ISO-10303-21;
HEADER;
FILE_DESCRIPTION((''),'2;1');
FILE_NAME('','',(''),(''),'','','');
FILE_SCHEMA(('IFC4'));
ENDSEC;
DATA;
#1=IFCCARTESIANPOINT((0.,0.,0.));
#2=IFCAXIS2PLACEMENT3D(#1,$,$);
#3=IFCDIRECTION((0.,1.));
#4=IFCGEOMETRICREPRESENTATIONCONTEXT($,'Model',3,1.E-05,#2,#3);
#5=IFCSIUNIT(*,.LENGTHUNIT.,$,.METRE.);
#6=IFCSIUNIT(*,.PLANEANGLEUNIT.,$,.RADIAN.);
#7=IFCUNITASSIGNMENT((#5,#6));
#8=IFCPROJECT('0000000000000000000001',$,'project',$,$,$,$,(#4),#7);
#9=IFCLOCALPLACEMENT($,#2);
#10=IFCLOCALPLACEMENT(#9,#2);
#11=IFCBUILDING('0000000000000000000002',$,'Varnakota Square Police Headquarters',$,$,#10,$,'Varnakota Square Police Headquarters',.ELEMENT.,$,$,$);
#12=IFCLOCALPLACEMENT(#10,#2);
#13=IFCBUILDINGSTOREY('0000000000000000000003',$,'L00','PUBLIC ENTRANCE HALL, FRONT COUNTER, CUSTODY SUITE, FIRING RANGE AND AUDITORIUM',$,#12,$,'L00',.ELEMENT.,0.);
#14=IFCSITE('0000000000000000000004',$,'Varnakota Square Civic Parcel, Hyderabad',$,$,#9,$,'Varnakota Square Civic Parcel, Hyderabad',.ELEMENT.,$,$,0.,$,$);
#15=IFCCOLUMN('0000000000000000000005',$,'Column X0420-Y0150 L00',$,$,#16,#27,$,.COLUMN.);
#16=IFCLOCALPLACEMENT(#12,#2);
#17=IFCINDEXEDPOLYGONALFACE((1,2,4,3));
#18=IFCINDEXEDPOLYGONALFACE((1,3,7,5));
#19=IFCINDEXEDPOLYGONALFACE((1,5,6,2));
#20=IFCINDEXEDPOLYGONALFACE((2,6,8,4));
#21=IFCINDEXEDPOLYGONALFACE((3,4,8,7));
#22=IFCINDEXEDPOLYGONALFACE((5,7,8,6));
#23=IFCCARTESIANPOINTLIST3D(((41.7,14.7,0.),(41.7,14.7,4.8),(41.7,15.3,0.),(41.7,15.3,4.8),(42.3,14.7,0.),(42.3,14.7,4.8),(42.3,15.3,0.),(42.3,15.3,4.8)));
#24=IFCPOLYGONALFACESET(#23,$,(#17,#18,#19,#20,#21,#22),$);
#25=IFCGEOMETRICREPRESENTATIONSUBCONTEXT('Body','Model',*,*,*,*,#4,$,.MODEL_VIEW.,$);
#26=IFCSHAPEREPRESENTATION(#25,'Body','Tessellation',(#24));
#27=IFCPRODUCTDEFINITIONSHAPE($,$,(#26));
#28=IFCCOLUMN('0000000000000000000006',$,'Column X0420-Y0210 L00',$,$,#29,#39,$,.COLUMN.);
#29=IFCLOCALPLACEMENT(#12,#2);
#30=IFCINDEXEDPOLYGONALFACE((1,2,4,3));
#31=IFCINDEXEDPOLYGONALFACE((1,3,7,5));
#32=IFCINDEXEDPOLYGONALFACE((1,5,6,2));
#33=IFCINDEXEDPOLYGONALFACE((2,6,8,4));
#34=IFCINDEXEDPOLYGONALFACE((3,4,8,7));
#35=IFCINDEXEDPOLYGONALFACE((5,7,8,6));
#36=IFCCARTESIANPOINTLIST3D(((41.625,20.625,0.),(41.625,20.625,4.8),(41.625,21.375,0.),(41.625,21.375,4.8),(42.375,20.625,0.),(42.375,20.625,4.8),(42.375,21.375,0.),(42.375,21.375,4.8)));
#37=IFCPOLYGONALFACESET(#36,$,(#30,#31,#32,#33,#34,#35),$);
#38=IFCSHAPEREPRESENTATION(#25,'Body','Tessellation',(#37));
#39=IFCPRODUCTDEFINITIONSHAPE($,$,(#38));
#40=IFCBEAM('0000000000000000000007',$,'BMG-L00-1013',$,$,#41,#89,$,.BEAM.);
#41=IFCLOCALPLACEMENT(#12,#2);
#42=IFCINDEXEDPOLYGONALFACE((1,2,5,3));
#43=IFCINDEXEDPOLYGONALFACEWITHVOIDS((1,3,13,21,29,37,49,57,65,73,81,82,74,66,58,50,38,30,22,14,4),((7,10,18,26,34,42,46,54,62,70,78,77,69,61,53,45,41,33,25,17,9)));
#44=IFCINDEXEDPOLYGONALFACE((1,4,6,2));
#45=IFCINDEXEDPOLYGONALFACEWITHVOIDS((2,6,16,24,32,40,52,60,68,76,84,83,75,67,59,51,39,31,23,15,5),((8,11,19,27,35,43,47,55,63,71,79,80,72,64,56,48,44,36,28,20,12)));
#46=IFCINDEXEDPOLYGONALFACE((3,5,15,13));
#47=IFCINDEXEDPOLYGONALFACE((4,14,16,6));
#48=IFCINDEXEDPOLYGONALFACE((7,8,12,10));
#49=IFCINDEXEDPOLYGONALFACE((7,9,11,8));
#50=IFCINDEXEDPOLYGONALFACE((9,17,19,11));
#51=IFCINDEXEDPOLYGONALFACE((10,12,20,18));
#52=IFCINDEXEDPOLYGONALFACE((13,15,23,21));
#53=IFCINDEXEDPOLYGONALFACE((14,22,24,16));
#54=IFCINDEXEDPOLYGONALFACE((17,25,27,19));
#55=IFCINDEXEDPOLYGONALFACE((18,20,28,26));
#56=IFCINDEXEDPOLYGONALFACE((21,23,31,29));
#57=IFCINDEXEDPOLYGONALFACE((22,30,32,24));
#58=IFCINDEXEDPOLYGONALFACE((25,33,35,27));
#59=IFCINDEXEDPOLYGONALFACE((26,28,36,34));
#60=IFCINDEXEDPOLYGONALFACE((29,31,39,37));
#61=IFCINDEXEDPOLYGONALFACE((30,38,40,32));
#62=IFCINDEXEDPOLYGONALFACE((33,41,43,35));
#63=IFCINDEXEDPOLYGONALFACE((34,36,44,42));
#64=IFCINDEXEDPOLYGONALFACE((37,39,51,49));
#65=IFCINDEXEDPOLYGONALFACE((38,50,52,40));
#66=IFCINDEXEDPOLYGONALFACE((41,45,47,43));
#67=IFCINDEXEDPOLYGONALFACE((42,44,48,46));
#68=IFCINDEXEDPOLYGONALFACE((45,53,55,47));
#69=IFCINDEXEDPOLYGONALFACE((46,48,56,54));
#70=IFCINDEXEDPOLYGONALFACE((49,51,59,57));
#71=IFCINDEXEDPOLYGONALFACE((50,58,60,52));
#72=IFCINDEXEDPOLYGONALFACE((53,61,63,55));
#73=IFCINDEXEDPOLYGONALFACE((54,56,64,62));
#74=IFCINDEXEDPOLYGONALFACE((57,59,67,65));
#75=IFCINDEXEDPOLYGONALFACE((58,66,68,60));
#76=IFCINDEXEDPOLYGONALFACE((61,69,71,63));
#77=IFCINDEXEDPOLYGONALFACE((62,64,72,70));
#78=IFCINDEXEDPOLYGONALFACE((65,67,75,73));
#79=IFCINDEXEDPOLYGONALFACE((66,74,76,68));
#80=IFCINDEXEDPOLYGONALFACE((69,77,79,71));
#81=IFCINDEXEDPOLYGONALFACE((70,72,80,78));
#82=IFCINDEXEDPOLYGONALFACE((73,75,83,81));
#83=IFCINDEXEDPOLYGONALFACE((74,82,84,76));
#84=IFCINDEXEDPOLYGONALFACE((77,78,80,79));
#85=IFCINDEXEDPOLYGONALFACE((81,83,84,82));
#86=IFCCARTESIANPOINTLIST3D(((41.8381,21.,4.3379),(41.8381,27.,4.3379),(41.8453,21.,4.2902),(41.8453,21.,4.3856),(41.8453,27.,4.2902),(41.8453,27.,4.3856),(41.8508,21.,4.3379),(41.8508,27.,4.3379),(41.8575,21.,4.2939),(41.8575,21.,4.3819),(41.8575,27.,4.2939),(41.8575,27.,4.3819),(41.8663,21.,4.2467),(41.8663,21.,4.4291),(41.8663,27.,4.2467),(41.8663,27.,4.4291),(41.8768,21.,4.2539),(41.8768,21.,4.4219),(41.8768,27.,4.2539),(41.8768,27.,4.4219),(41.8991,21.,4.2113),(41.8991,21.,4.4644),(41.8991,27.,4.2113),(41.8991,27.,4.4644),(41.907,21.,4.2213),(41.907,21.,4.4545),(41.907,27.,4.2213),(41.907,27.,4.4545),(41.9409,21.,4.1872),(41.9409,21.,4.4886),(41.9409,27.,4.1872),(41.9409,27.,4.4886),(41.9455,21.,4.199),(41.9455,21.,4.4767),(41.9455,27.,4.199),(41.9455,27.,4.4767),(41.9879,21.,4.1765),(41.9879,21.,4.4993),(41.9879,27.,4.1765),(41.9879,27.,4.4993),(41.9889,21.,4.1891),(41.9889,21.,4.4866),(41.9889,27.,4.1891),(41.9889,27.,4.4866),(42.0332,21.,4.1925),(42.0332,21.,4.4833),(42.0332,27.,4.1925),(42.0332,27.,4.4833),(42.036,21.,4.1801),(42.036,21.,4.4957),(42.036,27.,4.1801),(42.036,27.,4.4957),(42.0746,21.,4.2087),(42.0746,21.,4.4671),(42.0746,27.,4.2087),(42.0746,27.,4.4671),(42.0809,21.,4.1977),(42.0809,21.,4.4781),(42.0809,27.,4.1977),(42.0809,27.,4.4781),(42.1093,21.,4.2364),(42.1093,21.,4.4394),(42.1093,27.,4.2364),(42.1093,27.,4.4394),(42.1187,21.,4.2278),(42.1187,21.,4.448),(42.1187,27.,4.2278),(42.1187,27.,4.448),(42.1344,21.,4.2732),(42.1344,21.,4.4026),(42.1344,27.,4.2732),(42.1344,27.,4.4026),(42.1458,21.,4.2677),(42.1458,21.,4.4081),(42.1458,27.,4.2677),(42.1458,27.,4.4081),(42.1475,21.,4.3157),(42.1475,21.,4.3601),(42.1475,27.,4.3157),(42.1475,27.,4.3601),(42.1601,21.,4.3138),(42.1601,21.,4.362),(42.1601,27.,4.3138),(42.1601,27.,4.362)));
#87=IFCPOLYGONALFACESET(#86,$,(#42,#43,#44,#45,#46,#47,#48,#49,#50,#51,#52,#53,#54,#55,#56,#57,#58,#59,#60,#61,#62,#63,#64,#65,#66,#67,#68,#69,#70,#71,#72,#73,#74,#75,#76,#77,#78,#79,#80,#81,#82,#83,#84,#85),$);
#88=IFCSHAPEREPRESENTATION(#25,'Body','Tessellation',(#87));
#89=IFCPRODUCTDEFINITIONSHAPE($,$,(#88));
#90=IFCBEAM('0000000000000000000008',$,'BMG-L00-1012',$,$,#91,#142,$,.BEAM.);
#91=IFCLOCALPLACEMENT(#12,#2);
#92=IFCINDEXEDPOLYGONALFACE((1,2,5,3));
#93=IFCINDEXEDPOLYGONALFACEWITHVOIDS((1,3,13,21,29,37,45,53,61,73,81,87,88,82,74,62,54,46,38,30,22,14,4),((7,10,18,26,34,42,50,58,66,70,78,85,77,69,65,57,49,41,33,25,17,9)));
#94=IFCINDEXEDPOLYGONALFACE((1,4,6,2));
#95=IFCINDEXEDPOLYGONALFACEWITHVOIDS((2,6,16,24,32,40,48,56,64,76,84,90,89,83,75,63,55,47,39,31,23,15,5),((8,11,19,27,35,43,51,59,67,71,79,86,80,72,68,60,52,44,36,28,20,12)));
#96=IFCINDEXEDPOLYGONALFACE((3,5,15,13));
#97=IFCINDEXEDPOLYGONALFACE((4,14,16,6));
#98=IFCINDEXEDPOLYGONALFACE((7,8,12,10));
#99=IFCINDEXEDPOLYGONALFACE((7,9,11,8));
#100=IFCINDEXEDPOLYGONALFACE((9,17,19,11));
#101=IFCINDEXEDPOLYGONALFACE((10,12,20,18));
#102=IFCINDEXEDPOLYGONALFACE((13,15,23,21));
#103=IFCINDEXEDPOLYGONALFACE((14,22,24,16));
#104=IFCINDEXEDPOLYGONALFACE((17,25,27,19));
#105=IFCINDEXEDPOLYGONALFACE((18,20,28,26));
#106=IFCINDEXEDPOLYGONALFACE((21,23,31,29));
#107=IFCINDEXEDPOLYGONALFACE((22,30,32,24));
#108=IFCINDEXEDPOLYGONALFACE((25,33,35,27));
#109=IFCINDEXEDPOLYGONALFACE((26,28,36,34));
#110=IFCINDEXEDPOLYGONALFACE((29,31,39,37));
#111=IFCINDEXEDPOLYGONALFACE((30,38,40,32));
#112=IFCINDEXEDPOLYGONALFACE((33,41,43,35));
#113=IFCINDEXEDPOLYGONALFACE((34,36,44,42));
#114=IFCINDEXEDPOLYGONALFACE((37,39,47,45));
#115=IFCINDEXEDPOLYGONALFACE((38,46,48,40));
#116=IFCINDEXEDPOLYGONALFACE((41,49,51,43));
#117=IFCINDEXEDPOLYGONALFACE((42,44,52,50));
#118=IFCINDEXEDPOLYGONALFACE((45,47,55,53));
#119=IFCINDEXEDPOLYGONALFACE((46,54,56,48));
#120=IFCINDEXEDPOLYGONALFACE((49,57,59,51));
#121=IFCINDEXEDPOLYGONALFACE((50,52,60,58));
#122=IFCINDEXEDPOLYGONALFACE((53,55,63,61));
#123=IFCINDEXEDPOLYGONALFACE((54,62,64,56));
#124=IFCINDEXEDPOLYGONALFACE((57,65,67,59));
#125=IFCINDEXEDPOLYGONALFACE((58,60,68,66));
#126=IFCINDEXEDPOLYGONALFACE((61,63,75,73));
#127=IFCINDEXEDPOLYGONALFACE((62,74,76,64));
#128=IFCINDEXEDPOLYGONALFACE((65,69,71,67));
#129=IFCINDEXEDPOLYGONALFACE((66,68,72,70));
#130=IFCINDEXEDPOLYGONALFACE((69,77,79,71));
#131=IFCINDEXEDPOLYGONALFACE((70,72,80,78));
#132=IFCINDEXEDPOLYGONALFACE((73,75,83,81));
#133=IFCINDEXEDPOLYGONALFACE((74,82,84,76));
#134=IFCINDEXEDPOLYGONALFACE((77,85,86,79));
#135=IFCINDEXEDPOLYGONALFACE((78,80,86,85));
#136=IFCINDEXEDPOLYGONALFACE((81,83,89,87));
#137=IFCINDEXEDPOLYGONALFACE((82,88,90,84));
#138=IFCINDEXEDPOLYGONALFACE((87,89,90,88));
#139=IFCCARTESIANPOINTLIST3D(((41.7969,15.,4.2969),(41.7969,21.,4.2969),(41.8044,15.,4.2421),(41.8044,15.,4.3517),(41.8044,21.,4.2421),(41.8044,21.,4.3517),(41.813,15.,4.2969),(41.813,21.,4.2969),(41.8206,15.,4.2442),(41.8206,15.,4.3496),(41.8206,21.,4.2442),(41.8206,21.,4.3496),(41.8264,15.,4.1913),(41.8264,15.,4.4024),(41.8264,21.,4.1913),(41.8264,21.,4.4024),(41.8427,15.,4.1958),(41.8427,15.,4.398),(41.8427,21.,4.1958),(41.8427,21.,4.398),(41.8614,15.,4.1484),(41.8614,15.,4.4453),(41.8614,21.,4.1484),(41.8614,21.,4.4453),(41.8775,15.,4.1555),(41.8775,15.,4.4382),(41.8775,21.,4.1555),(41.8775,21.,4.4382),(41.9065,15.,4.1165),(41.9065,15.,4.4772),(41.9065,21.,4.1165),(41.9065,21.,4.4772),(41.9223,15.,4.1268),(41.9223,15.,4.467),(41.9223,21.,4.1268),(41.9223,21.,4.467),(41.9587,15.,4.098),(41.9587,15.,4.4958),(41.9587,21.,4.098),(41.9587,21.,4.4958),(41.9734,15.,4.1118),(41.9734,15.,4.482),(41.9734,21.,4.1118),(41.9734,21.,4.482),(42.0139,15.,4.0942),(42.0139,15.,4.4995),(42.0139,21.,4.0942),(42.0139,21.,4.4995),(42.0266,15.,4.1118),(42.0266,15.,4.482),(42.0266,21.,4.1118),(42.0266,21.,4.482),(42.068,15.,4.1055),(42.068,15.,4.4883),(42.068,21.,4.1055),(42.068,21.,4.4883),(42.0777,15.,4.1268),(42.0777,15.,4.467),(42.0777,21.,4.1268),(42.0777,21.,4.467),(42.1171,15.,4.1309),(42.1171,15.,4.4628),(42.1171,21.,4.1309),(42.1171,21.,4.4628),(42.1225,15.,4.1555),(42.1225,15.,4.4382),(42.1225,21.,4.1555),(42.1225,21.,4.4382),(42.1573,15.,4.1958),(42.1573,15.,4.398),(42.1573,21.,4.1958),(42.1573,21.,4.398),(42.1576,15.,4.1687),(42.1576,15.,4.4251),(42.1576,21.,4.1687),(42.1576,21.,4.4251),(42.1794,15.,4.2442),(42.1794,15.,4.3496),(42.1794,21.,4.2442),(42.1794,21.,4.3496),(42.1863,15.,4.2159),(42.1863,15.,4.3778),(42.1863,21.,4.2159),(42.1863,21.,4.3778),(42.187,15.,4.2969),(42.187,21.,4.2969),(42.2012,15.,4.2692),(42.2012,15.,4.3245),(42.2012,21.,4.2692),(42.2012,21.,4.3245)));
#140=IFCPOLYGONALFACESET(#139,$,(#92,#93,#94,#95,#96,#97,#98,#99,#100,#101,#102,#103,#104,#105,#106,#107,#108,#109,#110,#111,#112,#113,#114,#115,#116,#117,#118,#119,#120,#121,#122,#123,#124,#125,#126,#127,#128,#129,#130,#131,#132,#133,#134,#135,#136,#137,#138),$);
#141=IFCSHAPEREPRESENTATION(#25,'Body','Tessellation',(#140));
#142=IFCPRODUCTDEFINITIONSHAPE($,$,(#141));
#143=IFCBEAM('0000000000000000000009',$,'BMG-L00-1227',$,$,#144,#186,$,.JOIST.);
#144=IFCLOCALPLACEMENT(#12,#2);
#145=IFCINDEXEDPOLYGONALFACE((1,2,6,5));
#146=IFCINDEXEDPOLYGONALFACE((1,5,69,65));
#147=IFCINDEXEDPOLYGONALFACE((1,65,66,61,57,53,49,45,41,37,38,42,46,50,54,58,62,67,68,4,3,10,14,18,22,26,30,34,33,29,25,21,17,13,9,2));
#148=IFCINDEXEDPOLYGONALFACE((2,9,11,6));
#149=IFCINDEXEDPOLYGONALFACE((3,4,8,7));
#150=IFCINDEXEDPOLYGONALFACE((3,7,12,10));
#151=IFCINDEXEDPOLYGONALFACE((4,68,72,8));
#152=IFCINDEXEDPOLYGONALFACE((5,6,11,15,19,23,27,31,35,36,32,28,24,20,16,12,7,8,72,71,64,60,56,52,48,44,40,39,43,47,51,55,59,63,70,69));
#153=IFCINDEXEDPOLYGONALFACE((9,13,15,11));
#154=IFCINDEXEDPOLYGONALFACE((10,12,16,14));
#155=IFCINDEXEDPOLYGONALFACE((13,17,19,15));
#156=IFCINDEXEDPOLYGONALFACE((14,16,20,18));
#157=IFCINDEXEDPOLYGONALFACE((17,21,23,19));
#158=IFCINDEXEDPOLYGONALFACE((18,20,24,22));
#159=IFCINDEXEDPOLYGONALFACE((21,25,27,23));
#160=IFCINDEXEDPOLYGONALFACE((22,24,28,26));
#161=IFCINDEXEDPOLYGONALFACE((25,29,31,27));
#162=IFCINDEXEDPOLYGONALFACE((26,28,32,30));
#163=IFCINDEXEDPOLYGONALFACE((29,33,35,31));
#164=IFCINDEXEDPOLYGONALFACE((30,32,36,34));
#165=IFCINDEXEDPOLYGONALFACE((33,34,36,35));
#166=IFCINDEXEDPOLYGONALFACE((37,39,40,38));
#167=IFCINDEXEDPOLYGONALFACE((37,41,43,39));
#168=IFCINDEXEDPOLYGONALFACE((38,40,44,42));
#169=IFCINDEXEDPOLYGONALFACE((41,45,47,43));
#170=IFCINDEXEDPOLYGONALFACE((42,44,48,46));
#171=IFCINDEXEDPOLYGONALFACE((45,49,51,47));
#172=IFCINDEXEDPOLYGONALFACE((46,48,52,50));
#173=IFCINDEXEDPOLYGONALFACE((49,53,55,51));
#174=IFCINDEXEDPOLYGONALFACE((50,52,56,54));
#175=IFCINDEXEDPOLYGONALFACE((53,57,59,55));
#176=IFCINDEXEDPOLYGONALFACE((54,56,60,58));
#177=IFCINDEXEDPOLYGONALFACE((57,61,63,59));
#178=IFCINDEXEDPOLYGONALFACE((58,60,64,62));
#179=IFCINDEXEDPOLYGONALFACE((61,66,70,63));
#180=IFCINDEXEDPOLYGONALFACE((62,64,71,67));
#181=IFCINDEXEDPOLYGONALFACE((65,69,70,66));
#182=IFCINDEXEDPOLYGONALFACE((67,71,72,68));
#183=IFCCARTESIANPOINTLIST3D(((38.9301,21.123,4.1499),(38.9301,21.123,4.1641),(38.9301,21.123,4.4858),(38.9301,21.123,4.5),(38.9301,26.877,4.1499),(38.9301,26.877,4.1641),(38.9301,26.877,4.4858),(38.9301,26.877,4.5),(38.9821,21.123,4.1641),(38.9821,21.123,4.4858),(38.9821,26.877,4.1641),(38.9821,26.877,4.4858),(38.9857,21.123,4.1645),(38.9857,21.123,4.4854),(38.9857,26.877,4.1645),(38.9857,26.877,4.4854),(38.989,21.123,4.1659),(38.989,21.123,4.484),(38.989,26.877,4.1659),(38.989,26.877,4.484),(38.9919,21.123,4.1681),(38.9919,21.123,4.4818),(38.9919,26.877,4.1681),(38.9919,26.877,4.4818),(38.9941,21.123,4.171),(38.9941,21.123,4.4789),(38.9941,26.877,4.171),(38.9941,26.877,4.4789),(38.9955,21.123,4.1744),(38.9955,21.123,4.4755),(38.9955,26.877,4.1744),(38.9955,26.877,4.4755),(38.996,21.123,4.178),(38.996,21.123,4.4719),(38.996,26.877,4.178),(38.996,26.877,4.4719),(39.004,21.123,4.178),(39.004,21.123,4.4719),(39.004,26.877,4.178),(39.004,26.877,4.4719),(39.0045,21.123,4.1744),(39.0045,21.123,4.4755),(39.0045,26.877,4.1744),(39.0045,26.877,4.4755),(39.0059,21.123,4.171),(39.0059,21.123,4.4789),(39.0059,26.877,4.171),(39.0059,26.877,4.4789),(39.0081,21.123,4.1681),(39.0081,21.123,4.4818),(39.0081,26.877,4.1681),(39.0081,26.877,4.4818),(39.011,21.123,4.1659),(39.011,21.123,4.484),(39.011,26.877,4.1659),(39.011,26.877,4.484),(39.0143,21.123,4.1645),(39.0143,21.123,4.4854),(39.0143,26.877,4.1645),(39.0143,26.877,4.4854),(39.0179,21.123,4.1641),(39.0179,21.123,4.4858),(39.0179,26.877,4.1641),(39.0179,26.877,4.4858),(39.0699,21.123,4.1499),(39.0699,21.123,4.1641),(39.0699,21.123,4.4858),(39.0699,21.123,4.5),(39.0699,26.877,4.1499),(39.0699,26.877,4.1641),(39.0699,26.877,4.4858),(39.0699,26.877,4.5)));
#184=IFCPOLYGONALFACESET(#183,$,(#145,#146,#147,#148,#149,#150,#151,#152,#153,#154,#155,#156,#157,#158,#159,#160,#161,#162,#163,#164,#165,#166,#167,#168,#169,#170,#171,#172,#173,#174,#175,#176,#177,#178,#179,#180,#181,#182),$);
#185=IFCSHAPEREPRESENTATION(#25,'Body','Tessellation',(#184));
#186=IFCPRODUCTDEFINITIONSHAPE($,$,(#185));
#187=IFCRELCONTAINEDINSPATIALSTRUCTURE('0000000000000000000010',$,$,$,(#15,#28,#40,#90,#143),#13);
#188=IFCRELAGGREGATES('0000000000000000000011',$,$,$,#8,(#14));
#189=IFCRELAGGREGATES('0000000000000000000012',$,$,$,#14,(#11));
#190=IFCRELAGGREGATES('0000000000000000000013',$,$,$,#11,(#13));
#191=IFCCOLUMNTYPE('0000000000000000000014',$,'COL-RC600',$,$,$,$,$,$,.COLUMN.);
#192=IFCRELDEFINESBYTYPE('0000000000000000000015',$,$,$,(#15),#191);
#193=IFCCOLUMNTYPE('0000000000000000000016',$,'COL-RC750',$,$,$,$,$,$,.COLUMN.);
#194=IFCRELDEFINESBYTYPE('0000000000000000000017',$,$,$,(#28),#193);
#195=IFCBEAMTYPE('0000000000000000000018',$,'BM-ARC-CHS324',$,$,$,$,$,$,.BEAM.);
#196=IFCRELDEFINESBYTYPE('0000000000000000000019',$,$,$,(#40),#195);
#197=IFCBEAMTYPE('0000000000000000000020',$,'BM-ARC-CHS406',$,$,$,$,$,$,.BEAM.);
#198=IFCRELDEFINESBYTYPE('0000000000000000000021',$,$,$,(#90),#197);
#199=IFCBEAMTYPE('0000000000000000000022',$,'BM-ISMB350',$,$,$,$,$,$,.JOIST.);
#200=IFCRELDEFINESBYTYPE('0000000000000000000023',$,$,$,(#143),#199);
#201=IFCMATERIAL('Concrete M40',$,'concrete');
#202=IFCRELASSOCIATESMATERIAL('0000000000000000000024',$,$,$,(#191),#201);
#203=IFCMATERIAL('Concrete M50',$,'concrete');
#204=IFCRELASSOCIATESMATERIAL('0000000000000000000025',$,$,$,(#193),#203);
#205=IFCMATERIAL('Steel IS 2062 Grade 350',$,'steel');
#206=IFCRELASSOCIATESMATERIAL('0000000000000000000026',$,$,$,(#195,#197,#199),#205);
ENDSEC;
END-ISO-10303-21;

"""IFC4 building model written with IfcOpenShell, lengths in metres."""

from ifc_helpers import new_model, si_unit, direction, frame, origin, origin_2d, place, context, subcontext, project, spatial, rectangle, hollow_circle, i_section, extrude, material, material_profile, profile_set, type_object, element, save


model = new_model("IFC4")

# Units and contexts
model_context = context("Model", 3, precision=1e-05, world=origin(), true_north=direction((0.0, 1.0)))
body_context = subcontext(model_context, "Body", "Model", "MODEL_VIEW")
ifc_project = project(units=[si_unit("LENGTHUNIT", "METRE"), si_unit("PLANEANGLEUNIT", "RADIAN")], contexts=[model_context])

# Site, building, storey
site_placement = place(None, origin())
site = spatial("IfcSite", under=ifc_project, at=site_placement, Name="Varnakota Square Civic Parcel, Hyderabad", LongName="Varnakota Square Civic Parcel, Hyderabad", CompositionType="ELEMENT", RefElevation=0.0)
building_placement = place(site_placement, origin())
building = spatial("IfcBuilding", under=site, at=building_placement, Name="Varnakota Square Police Headquarters", LongName="Varnakota Square Police Headquarters", CompositionType="ELEMENT")
storey_placement = place(building_placement, origin())
storey = spatial("IfcBuildingStorey", under=building, at=storey_placement, Name="L00", Description="PUBLIC ENTRANCE HALL, FRONT COUNTER, CUSTODY SUITE, FIRING RANGE AND AUDITORIUM", LongName="L00", CompositionType="ELEMENT", Elevation=0.0)

# Columns
ifc_material_1 = material(Name="Concrete M40", Category="concrete")
ifc_material_profile_1 = material_profile(ifc_material_1, rectangle(XDim=0.6001, YDim=0.6001, at=origin_2d()), Name="RC 600x600")
ifc_profile_set_1 = profile_set([ifc_material_profile_1], Name="Concrete M40")
column_type_1 = type_object("IfcColumnType", Name="COL-RC600", PredefinedType="COLUMN", material=ifc_profile_set_1)
column_1_placement = place(storey_placement, frame((42.0, 15.0, 0.0), z_axis=(0.0, 0.0, 1.0), x_axis=(1.0, 0.0, 0.0)))
element("IfcColumn", 1, at=column_1_placement, inside=storey, type_object=column_type_1, Name="Column X0420-Y0150 L00", PredefinedType="COLUMN", context=body_context, shape_type="SweptSolid", body=[
    extrude(rectangle(XDim=0.6001, YDim=0.6001, at=origin_2d()), origin(), (0.0, 0.0, 1.0), 4.8),
])
ifc_material_2 = material(Name="Concrete M50", Category="concrete")
ifc_material_profile_2 = material_profile(ifc_material_2, rectangle(XDim=0.75, YDim=0.75, at=origin_2d()), Name="RC 750x750")
ifc_profile_set_2 = profile_set([ifc_material_profile_2], Name="Concrete M50")
column_type_2 = type_object("IfcColumnType", Name="COL-RC750", PredefinedType="COLUMN", material=ifc_profile_set_2)
column_2_placement = place(storey_placement, frame((42.0, 21.0, 0.0), z_axis=(0.0, 0.0, 1.0), x_axis=(1.0, 0.0, 0.0)))
element("IfcColumn", 2, at=column_2_placement, inside=storey, type_object=column_type_2, Name="Column X0420-Y0210 L00", PredefinedType="COLUMN", context=body_context, shape_type="SweptSolid", body=[
    extrude(rectangle(XDim=0.75, YDim=0.75, at=origin_2d()), origin(), (0.0, 0.0, 1.0), 4.8),
])

# Beams
ifc_material_3 = material(Name="Steel IS 2062 Grade 350", Category="steel")
ifc_material_profile_3 = material_profile(ifc_material_3, hollow_circle(Radius=0.1619, WallThickness=0.0127, at=origin_2d()), Name="CHS 323.9x12.7")
ifc_profile_set_3 = profile_set([ifc_material_profile_3], Name="Steel IS 2062 Grade 350")
beam_type_1 = type_object("IfcBeamType", Name="BM-ARC-CHS324", PredefinedType="BEAM", material=ifc_profile_set_3)
beam_1_placement = place(storey_placement, frame((42.0, 21.0, 4.3379), z_axis=(0.0, 1.0, 0.0), x_axis=(-1.0, 0.0, 0.0)))
element("IfcBeam", 3, at=beam_1_placement, inside=storey, type_object=beam_type_1, Name="BMG-L00-1013", PredefinedType="BEAM", context=body_context, shape_type="SweptSolid", body=[
    extrude(hollow_circle(Radius=0.1619, WallThickness=0.0127, at=origin_2d()), origin(), (0.0, 0.0, 1.0), 6.0),
])
ifc_material_profile_4 = material_profile(ifc_material_3, hollow_circle(Radius=0.2031, WallThickness=0.0161, at=origin_2d()), Name="CHS 406.4x16.0")
ifc_profile_set_4 = profile_set([ifc_material_profile_4], Name="Steel IS 2062 Grade 350")
beam_type_2 = type_object("IfcBeamType", Name="BM-ARC-CHS406", PredefinedType="BEAM", material=ifc_profile_set_4)
beam_2_placement = place(storey_placement, frame((42.0, 15.0, 4.2969), z_axis=(0.0, 1.0, 0.0), x_axis=(-1.0, 0.0, 0.0)))
element("IfcBeam", 4, at=beam_2_placement, inside=storey, type_object=beam_type_2, Name="BMG-L00-1012", PredefinedType="BEAM", context=body_context, shape_type="SweptSolid", body=[
    extrude(hollow_circle(Radius=0.2031, WallThickness=0.0161, at=origin_2d()), origin(), (0.0, 0.0, 1.0), 6.0),
])
ifc_material_profile_5 = material_profile(ifc_material_3, i_section(OverallWidth=0.1399, OverallDepth=0.3501, WebThickness=0.0081, FlangeThickness=0.0142, FilletRadius=0.0139, at=origin_2d()), Name="ISMB 350")
ifc_profile_set_5 = profile_set([ifc_material_profile_5], Name="Steel IS 2062 Grade 350")
beam_type_3 = type_object("IfcBeamType", Name="BM-ISMB350", PredefinedType="JOIST", material=ifc_profile_set_5)
beam_3_placement = place(storey_placement, frame((39.0, 21.123, 4.325), z_axis=(0.0, 1.0, 0.0), x_axis=(-1.0, 0.0, 0.0)))
element("IfcBeam", 5, at=beam_3_placement, inside=storey, type_object=beam_type_3, Name="BMG-L00-1227", PredefinedType="JOIST", context=body_context, shape_type="SweptSolid", body=[
    extrude(i_section(OverallWidth=0.1399, OverallDepth=0.3501, WebThickness=0.0081, FlangeThickness=0.0142, FilletRadius=0.0139, at=origin_2d()), origin(), (0.0, 0.0, 1.0), 5.7539),
])

save(model, "model.ifc")
